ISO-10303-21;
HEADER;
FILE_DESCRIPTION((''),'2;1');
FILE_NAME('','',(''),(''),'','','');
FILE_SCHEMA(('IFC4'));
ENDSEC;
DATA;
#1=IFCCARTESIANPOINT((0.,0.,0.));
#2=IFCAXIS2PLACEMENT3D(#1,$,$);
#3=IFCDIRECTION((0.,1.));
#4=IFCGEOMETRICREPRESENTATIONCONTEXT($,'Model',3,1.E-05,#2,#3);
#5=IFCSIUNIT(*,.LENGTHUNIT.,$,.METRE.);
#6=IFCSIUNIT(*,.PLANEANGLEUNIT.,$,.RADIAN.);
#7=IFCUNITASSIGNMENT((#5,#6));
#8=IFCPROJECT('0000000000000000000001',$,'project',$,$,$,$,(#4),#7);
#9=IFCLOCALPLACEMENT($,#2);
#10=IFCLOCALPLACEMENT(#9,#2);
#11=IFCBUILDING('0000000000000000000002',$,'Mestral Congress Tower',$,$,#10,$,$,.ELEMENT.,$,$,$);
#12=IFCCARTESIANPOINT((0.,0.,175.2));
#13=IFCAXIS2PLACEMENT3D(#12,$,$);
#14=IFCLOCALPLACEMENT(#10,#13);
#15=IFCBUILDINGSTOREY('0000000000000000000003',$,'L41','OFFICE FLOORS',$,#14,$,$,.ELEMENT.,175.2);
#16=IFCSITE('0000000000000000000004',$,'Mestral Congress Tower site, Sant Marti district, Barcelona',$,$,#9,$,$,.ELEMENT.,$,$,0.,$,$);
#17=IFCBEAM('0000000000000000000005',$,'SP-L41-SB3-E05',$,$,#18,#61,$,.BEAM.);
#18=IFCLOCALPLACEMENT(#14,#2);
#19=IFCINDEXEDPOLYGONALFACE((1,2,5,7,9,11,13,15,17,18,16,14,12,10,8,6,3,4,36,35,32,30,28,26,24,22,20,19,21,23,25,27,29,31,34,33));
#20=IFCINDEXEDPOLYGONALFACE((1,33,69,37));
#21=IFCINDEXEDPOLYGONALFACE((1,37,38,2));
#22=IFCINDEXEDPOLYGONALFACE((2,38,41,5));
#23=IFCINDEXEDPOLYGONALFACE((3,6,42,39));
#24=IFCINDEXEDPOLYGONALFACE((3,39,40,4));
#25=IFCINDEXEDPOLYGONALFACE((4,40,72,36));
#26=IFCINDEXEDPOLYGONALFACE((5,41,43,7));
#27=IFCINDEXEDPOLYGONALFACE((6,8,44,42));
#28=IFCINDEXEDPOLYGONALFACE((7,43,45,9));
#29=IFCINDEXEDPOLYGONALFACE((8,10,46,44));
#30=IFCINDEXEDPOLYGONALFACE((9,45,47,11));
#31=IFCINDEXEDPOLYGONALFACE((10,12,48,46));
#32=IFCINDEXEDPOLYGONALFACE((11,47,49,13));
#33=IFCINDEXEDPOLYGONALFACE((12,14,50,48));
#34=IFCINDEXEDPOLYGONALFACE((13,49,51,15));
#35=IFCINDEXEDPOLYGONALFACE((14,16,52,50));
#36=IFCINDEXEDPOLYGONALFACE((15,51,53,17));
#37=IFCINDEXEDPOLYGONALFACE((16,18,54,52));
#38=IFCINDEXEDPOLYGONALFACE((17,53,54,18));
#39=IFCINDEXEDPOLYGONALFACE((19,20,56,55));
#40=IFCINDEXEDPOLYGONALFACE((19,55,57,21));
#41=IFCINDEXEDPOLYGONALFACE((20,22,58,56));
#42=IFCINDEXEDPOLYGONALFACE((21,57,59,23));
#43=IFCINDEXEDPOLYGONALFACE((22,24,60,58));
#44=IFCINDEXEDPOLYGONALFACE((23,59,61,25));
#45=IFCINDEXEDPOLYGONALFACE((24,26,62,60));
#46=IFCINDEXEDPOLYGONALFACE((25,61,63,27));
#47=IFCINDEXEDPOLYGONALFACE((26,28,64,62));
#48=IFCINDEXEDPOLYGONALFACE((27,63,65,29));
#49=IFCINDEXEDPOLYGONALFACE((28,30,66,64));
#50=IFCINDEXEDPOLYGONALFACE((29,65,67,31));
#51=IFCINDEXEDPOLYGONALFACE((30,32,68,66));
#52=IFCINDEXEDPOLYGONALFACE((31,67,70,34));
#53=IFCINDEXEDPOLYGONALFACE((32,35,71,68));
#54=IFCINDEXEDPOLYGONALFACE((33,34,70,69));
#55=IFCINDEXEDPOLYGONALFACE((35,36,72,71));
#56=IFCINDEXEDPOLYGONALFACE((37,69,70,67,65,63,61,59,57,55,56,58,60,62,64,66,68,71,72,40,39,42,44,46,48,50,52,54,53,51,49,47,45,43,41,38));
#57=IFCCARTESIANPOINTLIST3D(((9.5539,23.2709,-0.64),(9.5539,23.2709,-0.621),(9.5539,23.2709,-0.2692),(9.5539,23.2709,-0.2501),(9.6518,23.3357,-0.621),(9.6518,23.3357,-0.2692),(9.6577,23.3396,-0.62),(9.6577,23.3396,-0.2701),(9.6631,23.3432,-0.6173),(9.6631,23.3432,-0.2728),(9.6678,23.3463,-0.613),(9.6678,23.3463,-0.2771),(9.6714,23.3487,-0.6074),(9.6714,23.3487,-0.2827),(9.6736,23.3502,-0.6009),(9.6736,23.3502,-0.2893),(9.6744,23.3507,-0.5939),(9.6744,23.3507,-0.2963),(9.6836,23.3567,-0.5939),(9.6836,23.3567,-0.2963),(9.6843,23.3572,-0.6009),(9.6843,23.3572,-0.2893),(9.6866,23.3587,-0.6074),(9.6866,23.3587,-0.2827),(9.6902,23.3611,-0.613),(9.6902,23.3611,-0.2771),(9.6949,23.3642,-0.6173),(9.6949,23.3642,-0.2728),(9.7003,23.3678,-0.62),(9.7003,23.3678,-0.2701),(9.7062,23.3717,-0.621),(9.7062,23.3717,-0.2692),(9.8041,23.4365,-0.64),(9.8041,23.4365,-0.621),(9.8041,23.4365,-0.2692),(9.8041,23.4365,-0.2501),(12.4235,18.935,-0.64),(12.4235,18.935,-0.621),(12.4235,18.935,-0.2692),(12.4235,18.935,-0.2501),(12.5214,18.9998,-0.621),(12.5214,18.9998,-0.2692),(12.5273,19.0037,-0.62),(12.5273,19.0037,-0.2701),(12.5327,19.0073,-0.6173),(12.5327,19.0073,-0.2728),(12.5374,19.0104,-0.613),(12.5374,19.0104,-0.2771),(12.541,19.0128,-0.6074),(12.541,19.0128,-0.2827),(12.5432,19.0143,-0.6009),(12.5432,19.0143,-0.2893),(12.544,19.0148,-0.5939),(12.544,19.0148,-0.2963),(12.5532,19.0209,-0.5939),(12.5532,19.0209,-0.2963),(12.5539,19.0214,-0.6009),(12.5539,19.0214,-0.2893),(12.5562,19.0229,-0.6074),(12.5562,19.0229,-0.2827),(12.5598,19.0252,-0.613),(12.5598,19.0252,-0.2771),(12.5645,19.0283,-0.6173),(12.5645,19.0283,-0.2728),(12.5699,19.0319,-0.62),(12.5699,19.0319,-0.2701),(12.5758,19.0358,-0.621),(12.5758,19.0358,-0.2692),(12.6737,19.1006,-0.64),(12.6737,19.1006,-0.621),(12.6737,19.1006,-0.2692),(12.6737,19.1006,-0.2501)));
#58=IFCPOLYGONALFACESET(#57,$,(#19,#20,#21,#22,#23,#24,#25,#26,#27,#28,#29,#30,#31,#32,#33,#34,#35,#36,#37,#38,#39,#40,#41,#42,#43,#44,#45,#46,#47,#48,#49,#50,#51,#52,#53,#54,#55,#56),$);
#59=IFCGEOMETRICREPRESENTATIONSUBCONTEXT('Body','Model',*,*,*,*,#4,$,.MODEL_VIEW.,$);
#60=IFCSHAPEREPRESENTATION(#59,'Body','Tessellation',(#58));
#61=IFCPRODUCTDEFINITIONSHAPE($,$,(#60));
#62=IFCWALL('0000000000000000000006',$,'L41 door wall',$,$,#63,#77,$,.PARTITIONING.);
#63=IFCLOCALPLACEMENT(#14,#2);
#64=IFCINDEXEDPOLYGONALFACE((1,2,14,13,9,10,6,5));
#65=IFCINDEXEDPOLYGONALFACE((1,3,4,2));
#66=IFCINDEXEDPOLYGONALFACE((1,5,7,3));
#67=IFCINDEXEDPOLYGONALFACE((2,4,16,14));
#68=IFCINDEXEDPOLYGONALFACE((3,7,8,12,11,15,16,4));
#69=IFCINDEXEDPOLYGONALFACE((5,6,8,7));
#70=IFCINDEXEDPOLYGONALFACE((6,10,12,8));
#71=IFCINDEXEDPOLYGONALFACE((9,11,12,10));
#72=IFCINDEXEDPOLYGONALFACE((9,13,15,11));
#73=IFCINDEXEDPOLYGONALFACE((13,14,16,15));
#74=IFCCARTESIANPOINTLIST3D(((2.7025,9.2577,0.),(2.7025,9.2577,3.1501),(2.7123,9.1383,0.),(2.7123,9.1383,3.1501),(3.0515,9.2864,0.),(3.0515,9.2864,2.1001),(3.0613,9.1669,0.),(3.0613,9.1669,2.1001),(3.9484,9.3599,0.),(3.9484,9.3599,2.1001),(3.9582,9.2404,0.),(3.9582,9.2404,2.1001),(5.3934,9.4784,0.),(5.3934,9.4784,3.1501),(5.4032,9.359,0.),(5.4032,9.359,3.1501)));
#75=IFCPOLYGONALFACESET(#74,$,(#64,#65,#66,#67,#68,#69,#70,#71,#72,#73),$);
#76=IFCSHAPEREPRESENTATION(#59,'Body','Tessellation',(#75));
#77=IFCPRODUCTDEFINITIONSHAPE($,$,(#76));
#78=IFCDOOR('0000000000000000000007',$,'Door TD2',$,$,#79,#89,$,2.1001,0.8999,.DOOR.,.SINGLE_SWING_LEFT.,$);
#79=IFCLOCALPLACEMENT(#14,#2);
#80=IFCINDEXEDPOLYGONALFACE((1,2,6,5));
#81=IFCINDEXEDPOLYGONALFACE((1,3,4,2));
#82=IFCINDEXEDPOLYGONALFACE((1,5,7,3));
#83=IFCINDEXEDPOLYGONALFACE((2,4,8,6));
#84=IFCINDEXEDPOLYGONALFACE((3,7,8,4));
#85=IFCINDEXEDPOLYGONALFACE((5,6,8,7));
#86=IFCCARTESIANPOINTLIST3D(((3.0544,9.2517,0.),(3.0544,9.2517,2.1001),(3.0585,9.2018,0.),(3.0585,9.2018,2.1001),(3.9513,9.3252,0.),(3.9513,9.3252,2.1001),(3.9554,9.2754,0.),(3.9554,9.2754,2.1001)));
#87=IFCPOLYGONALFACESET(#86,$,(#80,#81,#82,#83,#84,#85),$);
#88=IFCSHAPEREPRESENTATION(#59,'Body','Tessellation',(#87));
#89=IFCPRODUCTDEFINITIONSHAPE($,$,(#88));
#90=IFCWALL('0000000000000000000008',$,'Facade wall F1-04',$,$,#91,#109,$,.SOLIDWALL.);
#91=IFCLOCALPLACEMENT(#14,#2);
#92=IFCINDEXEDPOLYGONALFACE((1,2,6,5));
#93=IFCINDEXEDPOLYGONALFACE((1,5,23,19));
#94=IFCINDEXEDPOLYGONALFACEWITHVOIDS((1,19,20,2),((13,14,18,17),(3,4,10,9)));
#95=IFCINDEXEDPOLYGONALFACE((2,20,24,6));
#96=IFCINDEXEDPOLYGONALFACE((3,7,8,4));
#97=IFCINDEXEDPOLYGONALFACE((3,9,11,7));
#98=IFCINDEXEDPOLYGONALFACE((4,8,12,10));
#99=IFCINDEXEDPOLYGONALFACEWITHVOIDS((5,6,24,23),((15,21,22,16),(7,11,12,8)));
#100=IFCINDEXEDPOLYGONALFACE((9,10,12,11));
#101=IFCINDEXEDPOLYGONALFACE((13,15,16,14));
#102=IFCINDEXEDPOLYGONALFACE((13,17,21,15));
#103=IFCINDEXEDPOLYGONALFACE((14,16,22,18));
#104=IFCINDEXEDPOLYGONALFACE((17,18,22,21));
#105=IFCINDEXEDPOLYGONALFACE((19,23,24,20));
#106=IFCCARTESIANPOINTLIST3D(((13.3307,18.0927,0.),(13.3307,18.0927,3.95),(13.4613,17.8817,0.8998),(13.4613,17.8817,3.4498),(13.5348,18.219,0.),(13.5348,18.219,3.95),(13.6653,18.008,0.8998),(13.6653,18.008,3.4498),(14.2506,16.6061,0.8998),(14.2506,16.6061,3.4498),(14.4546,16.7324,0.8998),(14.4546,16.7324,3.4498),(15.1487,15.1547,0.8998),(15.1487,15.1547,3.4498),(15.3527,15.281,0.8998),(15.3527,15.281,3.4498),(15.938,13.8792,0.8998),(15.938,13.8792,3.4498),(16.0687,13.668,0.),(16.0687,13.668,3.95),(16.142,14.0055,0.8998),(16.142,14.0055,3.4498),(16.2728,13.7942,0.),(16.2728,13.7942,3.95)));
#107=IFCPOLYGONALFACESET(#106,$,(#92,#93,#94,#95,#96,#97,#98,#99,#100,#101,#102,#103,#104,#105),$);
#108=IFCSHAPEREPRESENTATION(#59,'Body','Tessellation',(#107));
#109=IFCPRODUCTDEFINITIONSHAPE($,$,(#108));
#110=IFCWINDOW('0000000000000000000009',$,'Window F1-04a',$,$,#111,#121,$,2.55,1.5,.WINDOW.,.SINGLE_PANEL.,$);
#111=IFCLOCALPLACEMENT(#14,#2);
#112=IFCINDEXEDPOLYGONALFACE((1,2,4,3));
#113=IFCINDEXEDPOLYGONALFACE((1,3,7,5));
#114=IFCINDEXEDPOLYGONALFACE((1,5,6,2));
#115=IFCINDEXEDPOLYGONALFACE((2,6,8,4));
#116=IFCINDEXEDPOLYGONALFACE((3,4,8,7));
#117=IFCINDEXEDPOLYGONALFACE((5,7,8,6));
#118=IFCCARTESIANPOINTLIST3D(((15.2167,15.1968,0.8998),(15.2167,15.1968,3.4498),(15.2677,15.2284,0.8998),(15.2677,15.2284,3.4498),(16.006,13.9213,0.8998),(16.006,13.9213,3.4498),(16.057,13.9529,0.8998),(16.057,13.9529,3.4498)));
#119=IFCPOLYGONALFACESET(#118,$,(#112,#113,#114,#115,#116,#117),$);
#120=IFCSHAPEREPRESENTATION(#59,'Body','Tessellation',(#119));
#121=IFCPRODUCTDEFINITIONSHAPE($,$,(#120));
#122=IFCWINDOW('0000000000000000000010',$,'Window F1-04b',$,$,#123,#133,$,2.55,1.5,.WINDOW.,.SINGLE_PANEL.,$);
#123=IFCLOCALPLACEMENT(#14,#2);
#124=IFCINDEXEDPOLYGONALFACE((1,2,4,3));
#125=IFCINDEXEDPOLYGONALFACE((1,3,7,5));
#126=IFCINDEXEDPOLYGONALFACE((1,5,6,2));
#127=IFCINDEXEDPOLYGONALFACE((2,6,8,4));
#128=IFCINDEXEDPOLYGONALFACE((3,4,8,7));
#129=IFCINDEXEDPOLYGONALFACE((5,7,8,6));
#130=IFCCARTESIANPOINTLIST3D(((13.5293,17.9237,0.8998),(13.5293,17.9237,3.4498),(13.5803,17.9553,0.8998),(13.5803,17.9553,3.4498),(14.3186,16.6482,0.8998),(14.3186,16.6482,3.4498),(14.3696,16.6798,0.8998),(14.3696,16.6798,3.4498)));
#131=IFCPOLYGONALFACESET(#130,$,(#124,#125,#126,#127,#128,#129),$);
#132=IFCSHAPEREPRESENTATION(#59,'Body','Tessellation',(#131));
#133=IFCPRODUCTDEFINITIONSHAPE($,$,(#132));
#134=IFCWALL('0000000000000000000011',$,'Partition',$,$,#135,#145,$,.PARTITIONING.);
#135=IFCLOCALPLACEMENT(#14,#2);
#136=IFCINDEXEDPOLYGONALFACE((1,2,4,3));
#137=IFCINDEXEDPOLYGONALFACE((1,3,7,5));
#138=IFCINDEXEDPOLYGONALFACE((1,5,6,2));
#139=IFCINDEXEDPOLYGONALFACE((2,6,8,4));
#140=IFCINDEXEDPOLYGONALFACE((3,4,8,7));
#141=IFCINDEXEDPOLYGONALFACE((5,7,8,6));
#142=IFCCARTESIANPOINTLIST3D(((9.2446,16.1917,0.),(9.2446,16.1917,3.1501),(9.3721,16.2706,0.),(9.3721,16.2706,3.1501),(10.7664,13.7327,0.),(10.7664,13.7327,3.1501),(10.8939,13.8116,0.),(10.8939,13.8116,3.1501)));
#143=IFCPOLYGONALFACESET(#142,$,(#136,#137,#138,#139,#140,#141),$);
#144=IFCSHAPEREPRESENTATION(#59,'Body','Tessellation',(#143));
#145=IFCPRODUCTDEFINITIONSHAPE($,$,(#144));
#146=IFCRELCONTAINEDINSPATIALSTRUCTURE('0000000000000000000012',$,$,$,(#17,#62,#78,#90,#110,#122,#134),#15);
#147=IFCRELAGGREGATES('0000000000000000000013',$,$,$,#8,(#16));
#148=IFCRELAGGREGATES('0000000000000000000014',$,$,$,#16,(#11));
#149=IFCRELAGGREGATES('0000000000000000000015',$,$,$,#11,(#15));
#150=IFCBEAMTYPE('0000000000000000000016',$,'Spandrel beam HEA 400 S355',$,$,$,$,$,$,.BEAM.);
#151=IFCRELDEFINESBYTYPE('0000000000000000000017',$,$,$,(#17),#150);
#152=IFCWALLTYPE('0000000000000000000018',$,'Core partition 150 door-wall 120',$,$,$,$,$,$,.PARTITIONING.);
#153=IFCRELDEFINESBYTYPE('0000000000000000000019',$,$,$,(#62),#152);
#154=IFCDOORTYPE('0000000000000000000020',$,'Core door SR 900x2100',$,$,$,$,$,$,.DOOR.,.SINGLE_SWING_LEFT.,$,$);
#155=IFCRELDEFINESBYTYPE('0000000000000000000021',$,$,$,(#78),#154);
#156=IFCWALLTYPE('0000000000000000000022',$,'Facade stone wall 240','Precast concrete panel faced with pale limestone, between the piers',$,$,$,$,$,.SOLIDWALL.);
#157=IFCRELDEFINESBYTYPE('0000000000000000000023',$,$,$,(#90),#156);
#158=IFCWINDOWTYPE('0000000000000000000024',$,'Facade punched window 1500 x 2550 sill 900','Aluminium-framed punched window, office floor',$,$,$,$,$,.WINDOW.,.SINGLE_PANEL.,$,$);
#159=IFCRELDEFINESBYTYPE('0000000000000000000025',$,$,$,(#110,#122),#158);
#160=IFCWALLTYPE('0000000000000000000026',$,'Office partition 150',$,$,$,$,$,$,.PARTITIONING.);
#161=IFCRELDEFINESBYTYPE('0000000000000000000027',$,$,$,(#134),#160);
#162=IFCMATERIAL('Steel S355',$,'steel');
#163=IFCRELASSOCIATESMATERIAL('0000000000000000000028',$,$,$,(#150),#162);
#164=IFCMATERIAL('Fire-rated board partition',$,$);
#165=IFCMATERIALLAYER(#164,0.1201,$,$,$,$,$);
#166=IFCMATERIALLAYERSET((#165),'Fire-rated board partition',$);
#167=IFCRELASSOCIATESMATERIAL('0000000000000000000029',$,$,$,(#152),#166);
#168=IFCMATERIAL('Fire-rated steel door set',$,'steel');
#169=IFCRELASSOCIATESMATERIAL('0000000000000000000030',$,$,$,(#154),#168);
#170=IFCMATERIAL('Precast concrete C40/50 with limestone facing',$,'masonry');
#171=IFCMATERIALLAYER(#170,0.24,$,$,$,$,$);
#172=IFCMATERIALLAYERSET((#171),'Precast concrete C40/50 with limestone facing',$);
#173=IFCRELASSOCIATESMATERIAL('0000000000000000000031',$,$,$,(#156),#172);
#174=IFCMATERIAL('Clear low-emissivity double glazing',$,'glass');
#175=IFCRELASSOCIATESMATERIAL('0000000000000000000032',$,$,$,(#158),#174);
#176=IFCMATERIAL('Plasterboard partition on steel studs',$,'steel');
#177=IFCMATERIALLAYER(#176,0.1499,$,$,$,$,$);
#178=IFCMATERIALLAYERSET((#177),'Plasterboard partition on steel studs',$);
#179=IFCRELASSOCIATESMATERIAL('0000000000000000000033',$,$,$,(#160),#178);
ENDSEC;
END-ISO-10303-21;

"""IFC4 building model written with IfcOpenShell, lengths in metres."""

from ifc_helpers import new_model, si_unit, direction, frame, frame_2d, origin, origin_2d, place, context, subcontext, project, spatial, rectangle, i_section, extrude, material, layer, layer_set, material_profile, profile_set, type_object, element, fill, save


model = new_model("IFC4")

# Units and contexts
model_context = context("Model", 3, precision=1e-05, world=origin(), true_north=direction((0.0, 1.0)))
body_context = subcontext(model_context, "Body", "Model", "MODEL_VIEW")
ifc_project = project(units=[si_unit("LENGTHUNIT", "METRE"), si_unit("PLANEANGLEUNIT", "RADIAN")], contexts=[model_context])

# Site, building, storey
site_placement = place(None, origin())
site = spatial("IfcSite", under=ifc_project, at=site_placement, Name="Mestral Congress Tower site, Sant Marti district, Barcelona", CompositionType="ELEMENT", RefElevation=0.0)
building_placement = place(site_placement, origin())
building = spatial("IfcBuilding", under=site, at=building_placement, Name="Mestral Congress Tower", CompositionType="ELEMENT")
storey_placement = place(building_placement, frame((0.0, 0.0, 175.2)))
storey = spatial("IfcBuildingStorey", under=building, at=storey_placement, Name="L41", Description="OFFICE FLOORS", CompositionType="ELEMENT", Elevation=175.2)

# Beam
ifc_material_1 = material(Name="Steel S355", Category="steel")
ifc_material_profile_1 = material_profile(ifc_material_1, i_section(OverallWidth=0.3, OverallDepth=0.3899, WebThickness=0.011, FlangeThickness=0.019, FilletRadius=0.0271, at=origin_2d()), Name="HEA 400")
ifc_profile_set_1 = profile_set([ifc_material_profile_1], Name="Steel S355")
beam_type_1 = type_object("IfcBeamType", Name="Spandrel beam HEA 400 S355", PredefinedType="BEAM", material=ifc_profile_set_1)
for number, where, z_axis, x_axis, name in (
    (1, (12.5486, 19.0178, -0.4451), (-0.551901, 0.833909, 0.0), (-0.833909, -0.551901, 0.0), "SP-L41-SB3-E05"),
):
    element("IfcBeam", number, at=place(storey_placement, frame(where, z_axis=z_axis, x_axis=x_axis)), inside=storey, type_object=beam_type_1, Name=name, PredefinedType="BEAM", context=body_context, shape_type="SweptSolid", body=[
        extrude(i_section(OverallWidth=0.3, OverallDepth=0.3899, WebThickness=0.011, FlangeThickness=0.019, FilletRadius=0.0271, at=origin_2d()), origin(), (0.0, 0.0, 1.0), 5.1995),
    ])

# Wall, opening, door
ifc_material_2 = material(Name="Fire-rated board partition")
ifc_layer_1 = layer(ifc_material_2, 0.1201)
ifc_layer_set_1 = layer_set([ifc_layer_1], Name="Fire-rated board partition")
wall_type_1 = type_object("IfcWallType", Name="Core partition 150 door-wall 120", PredefinedType="PARTITIONING", material=ifc_layer_set_1)
wall_1_placement = place(storey_placement, frame((5.3984, 9.4187, 0.0), z_axis=(0.0, 0.0, 1.0), x_axis=(-0.996653, -0.081743, 0.0)))
wall_1 = element("IfcWall", 2, at=wall_1_placement, inside=storey, type_object=wall_type_1, Name="L41 door wall", PredefinedType="PARTITIONING", context=body_context, shape_type="SweptSolid", body=[
    extrude(rectangle(XDim=2.7, YDim=0.1199, at=frame_2d((1.3501, 0.0))), origin(), (0.0, 0.0, 1.0), 3.1501),
])
opening_1_placement = place(wall_1_placement, frame((1.45, 0.0, 0.0)))
opening_1 = element("IfcOpeningElement", 3, at=opening_1_placement, cuts=wall_1, PredefinedType="OPENING", context=body_context, shape_type="SweptSolid", body=[
    extrude(rectangle(XDim=0.8999, YDim=2.1001, at=frame_2d((0.45, 1.05))), frame((0.0, 0.0698, 0.0), z_axis=(0.0, -1.0, 0.0), x_axis=(1.0, 0.0, 0.0)), (0.0, 0.0, 1.0), 0.1399),
])
ifc_material_3 = material(Name="Fire-rated steel door set", Category="steel")
door_type_1 = type_object("IfcDoorType", Name="Core door SR 900x2100", OperationType="SINGLE_SWING_LEFT", PredefinedType="DOOR", material=ifc_material_3)
door_1_placement = place(opening_1_placement, origin())
door_1 = element("IfcDoor", 4, at=door_1_placement, inside=storey, type_object=door_type_1, Name="Door TD2", OperationType="SINGLE_SWING_LEFT", OverallHeight=2.1001, OverallWidth=0.8999, PredefinedType="DOOR", context=body_context, shape_type="SweptSolid", body=[
    extrude(rectangle(XDim=0.8999, YDim=2.1001, at=frame_2d((0.45, 1.05))), frame((0.0, 0.0249, 0.0), z_axis=(0.0, -1.0, 0.0), x_axis=(1.0, 0.0, 0.0)), (0.0, 0.0, 1.0), 0.05),
])
fill(opening_1, door_1)

# Wall, openings, windows
ifc_material_4 = material(Name="Precast concrete C40/50 with limestone facing", Category="masonry")
ifc_layer_2 = layer(ifc_material_4, 0.24)
ifc_layer_set_2 = layer_set([ifc_layer_2], Name="Precast concrete C40/50 with limestone facing")
wall_type_2 = type_object("IfcWallType", Name="Facade stone wall 240", Description="Precast concrete panel faced with pale limestone, between the piers", PredefinedType="SOLIDWALL", material=ifc_layer_set_2)
wall_2_placement = place(storey_placement, frame((16.1707, 13.7312, 0.0), z_axis=(0.0, 0.0, 1.0), x_axis=(-0.526198, 0.850362, 0.0)))
wall_2 = element("IfcWall", 5, at=wall_2_placement, inside=storey, type_object=wall_type_2, Name="Facade wall F1-04", PredefinedType="SOLIDWALL", context=body_context, shape_type="SweptSolid", body=[
    extrude(rectangle(XDim=5.2034, YDim=0.24, at=frame_2d((2.6016, 0.0))), origin(), (0.0, 0.0, 1.0), 3.95),
])
opening_2_placement = place(wall_2_placement, frame((0.2483, 0.0, 0.8999)))
opening_2 = element("IfcOpeningElement", 6, at=opening_2_placement, cuts=wall_2, PredefinedType="OPENING", context=body_context, shape_type="SweptSolid", body=[
    extrude(rectangle(XDim=1.5, YDim=2.55, at=frame_2d((0.75, 1.2749))), frame((0.0, 0.1299, 0.0), z_axis=(0.0, -1.0, 0.0), x_axis=(1.0, 0.0, 0.0)), (0.0, 0.0, 1.0), 0.26),
])
opening_3_placement = place(wall_2_placement, frame((3.4551, 0.0, 0.8999)))
opening_3 = element("IfcOpeningElement", 7, at=opening_3_placement, cuts=wall_2, PredefinedType="OPENING", context=body_context, shape_type="SweptSolid", body=[
    extrude(rectangle(XDim=1.5, YDim=2.55, at=frame_2d((0.75, 1.2749))), frame((0.0, 0.1299, 0.0), z_axis=(0.0, -1.0, 0.0), x_axis=(1.0, 0.0, 0.0)), (0.0, 0.0, 1.0), 0.26),
])
ifc_material_5 = material(Name="Clear low-emissivity double glazing", Category="glass")
window_type = type_object("IfcWindowType", Name="Facade punched window 1500 x 2550 sill 900", Description="Aluminium-framed punched window, office floor", PartitioningType="SINGLE_PANEL", PredefinedType="WINDOW", material=ifc_material_5)
window_1_placement = place(opening_2_placement, origin())
window_1 = element("IfcWindow", 8, at=window_1_placement, inside=storey, type_object=window_type, Name="Window F1-04a", OverallHeight=2.55, OverallWidth=1.5, PartitioningType="SINGLE_PANEL", PredefinedType="WINDOW", context=body_context, shape_type="SweptSolid", body=[
    extrude(rectangle(XDim=1.5, YDim=2.55, at=frame_2d((0.75, 1.2749))), frame((0.0, 0.04, 0.0), z_axis=(0.0, -1.0, 0.0), x_axis=(1.0, 0.0, 0.0)), (0.0, 0.0, 1.0), 0.0601),
])
fill(opening_2, window_1)
window_2_placement = place(opening_3_placement, origin())
window_2 = element("IfcWindow", 9, at=window_2_placement, inside=storey, type_object=window_type, Name="Window F1-04b", OverallHeight=2.55, OverallWidth=1.5, PartitioningType="SINGLE_PANEL", PredefinedType="WINDOW", context=body_context, shape_type="SweptSolid", body=[
    extrude(rectangle(XDim=1.5, YDim=2.55, at=frame_2d((0.75, 1.2749))), frame((0.0, 0.04, 0.0), z_axis=(0.0, -1.0, 0.0), x_axis=(1.0, 0.0, 0.0)), (0.0, 0.0, 1.0), 0.0601),
])
fill(opening_3, window_2)

# Wall
ifc_material_6 = material(Name="Plasterboard partition on steel studs", Category="steel")
ifc_layer_3 = layer(ifc_material_6, 0.1499)
ifc_layer_set_3 = layer_set([ifc_layer_3], Name="Plasterboard partition on steel studs")
wall_type_3 = type_object("IfcWallType", Name="Office partition 150", PredefinedType="PARTITIONING", material=ifc_layer_set_3)
wall_3_placement = place(storey_placement, frame((10.8301, 13.7722, 0.0), z_axis=(0.0, 0.0, 1.0), x_axis=(-0.52623, 0.850343, 0.0)))
element("IfcWall", 10, at=wall_3_placement, inside=storey, type_object=wall_type_3, Name="Partition", PredefinedType="PARTITIONING", context=body_context, shape_type="SweptSolid", body=[
    extrude(rectangle(XDim=2.8918, YDim=0.1499, at=frame_2d((1.4458, 0.0))), origin(), (0.0, 0.0, 1.0), 3.1501),
])

save(model, "model.ifc")
